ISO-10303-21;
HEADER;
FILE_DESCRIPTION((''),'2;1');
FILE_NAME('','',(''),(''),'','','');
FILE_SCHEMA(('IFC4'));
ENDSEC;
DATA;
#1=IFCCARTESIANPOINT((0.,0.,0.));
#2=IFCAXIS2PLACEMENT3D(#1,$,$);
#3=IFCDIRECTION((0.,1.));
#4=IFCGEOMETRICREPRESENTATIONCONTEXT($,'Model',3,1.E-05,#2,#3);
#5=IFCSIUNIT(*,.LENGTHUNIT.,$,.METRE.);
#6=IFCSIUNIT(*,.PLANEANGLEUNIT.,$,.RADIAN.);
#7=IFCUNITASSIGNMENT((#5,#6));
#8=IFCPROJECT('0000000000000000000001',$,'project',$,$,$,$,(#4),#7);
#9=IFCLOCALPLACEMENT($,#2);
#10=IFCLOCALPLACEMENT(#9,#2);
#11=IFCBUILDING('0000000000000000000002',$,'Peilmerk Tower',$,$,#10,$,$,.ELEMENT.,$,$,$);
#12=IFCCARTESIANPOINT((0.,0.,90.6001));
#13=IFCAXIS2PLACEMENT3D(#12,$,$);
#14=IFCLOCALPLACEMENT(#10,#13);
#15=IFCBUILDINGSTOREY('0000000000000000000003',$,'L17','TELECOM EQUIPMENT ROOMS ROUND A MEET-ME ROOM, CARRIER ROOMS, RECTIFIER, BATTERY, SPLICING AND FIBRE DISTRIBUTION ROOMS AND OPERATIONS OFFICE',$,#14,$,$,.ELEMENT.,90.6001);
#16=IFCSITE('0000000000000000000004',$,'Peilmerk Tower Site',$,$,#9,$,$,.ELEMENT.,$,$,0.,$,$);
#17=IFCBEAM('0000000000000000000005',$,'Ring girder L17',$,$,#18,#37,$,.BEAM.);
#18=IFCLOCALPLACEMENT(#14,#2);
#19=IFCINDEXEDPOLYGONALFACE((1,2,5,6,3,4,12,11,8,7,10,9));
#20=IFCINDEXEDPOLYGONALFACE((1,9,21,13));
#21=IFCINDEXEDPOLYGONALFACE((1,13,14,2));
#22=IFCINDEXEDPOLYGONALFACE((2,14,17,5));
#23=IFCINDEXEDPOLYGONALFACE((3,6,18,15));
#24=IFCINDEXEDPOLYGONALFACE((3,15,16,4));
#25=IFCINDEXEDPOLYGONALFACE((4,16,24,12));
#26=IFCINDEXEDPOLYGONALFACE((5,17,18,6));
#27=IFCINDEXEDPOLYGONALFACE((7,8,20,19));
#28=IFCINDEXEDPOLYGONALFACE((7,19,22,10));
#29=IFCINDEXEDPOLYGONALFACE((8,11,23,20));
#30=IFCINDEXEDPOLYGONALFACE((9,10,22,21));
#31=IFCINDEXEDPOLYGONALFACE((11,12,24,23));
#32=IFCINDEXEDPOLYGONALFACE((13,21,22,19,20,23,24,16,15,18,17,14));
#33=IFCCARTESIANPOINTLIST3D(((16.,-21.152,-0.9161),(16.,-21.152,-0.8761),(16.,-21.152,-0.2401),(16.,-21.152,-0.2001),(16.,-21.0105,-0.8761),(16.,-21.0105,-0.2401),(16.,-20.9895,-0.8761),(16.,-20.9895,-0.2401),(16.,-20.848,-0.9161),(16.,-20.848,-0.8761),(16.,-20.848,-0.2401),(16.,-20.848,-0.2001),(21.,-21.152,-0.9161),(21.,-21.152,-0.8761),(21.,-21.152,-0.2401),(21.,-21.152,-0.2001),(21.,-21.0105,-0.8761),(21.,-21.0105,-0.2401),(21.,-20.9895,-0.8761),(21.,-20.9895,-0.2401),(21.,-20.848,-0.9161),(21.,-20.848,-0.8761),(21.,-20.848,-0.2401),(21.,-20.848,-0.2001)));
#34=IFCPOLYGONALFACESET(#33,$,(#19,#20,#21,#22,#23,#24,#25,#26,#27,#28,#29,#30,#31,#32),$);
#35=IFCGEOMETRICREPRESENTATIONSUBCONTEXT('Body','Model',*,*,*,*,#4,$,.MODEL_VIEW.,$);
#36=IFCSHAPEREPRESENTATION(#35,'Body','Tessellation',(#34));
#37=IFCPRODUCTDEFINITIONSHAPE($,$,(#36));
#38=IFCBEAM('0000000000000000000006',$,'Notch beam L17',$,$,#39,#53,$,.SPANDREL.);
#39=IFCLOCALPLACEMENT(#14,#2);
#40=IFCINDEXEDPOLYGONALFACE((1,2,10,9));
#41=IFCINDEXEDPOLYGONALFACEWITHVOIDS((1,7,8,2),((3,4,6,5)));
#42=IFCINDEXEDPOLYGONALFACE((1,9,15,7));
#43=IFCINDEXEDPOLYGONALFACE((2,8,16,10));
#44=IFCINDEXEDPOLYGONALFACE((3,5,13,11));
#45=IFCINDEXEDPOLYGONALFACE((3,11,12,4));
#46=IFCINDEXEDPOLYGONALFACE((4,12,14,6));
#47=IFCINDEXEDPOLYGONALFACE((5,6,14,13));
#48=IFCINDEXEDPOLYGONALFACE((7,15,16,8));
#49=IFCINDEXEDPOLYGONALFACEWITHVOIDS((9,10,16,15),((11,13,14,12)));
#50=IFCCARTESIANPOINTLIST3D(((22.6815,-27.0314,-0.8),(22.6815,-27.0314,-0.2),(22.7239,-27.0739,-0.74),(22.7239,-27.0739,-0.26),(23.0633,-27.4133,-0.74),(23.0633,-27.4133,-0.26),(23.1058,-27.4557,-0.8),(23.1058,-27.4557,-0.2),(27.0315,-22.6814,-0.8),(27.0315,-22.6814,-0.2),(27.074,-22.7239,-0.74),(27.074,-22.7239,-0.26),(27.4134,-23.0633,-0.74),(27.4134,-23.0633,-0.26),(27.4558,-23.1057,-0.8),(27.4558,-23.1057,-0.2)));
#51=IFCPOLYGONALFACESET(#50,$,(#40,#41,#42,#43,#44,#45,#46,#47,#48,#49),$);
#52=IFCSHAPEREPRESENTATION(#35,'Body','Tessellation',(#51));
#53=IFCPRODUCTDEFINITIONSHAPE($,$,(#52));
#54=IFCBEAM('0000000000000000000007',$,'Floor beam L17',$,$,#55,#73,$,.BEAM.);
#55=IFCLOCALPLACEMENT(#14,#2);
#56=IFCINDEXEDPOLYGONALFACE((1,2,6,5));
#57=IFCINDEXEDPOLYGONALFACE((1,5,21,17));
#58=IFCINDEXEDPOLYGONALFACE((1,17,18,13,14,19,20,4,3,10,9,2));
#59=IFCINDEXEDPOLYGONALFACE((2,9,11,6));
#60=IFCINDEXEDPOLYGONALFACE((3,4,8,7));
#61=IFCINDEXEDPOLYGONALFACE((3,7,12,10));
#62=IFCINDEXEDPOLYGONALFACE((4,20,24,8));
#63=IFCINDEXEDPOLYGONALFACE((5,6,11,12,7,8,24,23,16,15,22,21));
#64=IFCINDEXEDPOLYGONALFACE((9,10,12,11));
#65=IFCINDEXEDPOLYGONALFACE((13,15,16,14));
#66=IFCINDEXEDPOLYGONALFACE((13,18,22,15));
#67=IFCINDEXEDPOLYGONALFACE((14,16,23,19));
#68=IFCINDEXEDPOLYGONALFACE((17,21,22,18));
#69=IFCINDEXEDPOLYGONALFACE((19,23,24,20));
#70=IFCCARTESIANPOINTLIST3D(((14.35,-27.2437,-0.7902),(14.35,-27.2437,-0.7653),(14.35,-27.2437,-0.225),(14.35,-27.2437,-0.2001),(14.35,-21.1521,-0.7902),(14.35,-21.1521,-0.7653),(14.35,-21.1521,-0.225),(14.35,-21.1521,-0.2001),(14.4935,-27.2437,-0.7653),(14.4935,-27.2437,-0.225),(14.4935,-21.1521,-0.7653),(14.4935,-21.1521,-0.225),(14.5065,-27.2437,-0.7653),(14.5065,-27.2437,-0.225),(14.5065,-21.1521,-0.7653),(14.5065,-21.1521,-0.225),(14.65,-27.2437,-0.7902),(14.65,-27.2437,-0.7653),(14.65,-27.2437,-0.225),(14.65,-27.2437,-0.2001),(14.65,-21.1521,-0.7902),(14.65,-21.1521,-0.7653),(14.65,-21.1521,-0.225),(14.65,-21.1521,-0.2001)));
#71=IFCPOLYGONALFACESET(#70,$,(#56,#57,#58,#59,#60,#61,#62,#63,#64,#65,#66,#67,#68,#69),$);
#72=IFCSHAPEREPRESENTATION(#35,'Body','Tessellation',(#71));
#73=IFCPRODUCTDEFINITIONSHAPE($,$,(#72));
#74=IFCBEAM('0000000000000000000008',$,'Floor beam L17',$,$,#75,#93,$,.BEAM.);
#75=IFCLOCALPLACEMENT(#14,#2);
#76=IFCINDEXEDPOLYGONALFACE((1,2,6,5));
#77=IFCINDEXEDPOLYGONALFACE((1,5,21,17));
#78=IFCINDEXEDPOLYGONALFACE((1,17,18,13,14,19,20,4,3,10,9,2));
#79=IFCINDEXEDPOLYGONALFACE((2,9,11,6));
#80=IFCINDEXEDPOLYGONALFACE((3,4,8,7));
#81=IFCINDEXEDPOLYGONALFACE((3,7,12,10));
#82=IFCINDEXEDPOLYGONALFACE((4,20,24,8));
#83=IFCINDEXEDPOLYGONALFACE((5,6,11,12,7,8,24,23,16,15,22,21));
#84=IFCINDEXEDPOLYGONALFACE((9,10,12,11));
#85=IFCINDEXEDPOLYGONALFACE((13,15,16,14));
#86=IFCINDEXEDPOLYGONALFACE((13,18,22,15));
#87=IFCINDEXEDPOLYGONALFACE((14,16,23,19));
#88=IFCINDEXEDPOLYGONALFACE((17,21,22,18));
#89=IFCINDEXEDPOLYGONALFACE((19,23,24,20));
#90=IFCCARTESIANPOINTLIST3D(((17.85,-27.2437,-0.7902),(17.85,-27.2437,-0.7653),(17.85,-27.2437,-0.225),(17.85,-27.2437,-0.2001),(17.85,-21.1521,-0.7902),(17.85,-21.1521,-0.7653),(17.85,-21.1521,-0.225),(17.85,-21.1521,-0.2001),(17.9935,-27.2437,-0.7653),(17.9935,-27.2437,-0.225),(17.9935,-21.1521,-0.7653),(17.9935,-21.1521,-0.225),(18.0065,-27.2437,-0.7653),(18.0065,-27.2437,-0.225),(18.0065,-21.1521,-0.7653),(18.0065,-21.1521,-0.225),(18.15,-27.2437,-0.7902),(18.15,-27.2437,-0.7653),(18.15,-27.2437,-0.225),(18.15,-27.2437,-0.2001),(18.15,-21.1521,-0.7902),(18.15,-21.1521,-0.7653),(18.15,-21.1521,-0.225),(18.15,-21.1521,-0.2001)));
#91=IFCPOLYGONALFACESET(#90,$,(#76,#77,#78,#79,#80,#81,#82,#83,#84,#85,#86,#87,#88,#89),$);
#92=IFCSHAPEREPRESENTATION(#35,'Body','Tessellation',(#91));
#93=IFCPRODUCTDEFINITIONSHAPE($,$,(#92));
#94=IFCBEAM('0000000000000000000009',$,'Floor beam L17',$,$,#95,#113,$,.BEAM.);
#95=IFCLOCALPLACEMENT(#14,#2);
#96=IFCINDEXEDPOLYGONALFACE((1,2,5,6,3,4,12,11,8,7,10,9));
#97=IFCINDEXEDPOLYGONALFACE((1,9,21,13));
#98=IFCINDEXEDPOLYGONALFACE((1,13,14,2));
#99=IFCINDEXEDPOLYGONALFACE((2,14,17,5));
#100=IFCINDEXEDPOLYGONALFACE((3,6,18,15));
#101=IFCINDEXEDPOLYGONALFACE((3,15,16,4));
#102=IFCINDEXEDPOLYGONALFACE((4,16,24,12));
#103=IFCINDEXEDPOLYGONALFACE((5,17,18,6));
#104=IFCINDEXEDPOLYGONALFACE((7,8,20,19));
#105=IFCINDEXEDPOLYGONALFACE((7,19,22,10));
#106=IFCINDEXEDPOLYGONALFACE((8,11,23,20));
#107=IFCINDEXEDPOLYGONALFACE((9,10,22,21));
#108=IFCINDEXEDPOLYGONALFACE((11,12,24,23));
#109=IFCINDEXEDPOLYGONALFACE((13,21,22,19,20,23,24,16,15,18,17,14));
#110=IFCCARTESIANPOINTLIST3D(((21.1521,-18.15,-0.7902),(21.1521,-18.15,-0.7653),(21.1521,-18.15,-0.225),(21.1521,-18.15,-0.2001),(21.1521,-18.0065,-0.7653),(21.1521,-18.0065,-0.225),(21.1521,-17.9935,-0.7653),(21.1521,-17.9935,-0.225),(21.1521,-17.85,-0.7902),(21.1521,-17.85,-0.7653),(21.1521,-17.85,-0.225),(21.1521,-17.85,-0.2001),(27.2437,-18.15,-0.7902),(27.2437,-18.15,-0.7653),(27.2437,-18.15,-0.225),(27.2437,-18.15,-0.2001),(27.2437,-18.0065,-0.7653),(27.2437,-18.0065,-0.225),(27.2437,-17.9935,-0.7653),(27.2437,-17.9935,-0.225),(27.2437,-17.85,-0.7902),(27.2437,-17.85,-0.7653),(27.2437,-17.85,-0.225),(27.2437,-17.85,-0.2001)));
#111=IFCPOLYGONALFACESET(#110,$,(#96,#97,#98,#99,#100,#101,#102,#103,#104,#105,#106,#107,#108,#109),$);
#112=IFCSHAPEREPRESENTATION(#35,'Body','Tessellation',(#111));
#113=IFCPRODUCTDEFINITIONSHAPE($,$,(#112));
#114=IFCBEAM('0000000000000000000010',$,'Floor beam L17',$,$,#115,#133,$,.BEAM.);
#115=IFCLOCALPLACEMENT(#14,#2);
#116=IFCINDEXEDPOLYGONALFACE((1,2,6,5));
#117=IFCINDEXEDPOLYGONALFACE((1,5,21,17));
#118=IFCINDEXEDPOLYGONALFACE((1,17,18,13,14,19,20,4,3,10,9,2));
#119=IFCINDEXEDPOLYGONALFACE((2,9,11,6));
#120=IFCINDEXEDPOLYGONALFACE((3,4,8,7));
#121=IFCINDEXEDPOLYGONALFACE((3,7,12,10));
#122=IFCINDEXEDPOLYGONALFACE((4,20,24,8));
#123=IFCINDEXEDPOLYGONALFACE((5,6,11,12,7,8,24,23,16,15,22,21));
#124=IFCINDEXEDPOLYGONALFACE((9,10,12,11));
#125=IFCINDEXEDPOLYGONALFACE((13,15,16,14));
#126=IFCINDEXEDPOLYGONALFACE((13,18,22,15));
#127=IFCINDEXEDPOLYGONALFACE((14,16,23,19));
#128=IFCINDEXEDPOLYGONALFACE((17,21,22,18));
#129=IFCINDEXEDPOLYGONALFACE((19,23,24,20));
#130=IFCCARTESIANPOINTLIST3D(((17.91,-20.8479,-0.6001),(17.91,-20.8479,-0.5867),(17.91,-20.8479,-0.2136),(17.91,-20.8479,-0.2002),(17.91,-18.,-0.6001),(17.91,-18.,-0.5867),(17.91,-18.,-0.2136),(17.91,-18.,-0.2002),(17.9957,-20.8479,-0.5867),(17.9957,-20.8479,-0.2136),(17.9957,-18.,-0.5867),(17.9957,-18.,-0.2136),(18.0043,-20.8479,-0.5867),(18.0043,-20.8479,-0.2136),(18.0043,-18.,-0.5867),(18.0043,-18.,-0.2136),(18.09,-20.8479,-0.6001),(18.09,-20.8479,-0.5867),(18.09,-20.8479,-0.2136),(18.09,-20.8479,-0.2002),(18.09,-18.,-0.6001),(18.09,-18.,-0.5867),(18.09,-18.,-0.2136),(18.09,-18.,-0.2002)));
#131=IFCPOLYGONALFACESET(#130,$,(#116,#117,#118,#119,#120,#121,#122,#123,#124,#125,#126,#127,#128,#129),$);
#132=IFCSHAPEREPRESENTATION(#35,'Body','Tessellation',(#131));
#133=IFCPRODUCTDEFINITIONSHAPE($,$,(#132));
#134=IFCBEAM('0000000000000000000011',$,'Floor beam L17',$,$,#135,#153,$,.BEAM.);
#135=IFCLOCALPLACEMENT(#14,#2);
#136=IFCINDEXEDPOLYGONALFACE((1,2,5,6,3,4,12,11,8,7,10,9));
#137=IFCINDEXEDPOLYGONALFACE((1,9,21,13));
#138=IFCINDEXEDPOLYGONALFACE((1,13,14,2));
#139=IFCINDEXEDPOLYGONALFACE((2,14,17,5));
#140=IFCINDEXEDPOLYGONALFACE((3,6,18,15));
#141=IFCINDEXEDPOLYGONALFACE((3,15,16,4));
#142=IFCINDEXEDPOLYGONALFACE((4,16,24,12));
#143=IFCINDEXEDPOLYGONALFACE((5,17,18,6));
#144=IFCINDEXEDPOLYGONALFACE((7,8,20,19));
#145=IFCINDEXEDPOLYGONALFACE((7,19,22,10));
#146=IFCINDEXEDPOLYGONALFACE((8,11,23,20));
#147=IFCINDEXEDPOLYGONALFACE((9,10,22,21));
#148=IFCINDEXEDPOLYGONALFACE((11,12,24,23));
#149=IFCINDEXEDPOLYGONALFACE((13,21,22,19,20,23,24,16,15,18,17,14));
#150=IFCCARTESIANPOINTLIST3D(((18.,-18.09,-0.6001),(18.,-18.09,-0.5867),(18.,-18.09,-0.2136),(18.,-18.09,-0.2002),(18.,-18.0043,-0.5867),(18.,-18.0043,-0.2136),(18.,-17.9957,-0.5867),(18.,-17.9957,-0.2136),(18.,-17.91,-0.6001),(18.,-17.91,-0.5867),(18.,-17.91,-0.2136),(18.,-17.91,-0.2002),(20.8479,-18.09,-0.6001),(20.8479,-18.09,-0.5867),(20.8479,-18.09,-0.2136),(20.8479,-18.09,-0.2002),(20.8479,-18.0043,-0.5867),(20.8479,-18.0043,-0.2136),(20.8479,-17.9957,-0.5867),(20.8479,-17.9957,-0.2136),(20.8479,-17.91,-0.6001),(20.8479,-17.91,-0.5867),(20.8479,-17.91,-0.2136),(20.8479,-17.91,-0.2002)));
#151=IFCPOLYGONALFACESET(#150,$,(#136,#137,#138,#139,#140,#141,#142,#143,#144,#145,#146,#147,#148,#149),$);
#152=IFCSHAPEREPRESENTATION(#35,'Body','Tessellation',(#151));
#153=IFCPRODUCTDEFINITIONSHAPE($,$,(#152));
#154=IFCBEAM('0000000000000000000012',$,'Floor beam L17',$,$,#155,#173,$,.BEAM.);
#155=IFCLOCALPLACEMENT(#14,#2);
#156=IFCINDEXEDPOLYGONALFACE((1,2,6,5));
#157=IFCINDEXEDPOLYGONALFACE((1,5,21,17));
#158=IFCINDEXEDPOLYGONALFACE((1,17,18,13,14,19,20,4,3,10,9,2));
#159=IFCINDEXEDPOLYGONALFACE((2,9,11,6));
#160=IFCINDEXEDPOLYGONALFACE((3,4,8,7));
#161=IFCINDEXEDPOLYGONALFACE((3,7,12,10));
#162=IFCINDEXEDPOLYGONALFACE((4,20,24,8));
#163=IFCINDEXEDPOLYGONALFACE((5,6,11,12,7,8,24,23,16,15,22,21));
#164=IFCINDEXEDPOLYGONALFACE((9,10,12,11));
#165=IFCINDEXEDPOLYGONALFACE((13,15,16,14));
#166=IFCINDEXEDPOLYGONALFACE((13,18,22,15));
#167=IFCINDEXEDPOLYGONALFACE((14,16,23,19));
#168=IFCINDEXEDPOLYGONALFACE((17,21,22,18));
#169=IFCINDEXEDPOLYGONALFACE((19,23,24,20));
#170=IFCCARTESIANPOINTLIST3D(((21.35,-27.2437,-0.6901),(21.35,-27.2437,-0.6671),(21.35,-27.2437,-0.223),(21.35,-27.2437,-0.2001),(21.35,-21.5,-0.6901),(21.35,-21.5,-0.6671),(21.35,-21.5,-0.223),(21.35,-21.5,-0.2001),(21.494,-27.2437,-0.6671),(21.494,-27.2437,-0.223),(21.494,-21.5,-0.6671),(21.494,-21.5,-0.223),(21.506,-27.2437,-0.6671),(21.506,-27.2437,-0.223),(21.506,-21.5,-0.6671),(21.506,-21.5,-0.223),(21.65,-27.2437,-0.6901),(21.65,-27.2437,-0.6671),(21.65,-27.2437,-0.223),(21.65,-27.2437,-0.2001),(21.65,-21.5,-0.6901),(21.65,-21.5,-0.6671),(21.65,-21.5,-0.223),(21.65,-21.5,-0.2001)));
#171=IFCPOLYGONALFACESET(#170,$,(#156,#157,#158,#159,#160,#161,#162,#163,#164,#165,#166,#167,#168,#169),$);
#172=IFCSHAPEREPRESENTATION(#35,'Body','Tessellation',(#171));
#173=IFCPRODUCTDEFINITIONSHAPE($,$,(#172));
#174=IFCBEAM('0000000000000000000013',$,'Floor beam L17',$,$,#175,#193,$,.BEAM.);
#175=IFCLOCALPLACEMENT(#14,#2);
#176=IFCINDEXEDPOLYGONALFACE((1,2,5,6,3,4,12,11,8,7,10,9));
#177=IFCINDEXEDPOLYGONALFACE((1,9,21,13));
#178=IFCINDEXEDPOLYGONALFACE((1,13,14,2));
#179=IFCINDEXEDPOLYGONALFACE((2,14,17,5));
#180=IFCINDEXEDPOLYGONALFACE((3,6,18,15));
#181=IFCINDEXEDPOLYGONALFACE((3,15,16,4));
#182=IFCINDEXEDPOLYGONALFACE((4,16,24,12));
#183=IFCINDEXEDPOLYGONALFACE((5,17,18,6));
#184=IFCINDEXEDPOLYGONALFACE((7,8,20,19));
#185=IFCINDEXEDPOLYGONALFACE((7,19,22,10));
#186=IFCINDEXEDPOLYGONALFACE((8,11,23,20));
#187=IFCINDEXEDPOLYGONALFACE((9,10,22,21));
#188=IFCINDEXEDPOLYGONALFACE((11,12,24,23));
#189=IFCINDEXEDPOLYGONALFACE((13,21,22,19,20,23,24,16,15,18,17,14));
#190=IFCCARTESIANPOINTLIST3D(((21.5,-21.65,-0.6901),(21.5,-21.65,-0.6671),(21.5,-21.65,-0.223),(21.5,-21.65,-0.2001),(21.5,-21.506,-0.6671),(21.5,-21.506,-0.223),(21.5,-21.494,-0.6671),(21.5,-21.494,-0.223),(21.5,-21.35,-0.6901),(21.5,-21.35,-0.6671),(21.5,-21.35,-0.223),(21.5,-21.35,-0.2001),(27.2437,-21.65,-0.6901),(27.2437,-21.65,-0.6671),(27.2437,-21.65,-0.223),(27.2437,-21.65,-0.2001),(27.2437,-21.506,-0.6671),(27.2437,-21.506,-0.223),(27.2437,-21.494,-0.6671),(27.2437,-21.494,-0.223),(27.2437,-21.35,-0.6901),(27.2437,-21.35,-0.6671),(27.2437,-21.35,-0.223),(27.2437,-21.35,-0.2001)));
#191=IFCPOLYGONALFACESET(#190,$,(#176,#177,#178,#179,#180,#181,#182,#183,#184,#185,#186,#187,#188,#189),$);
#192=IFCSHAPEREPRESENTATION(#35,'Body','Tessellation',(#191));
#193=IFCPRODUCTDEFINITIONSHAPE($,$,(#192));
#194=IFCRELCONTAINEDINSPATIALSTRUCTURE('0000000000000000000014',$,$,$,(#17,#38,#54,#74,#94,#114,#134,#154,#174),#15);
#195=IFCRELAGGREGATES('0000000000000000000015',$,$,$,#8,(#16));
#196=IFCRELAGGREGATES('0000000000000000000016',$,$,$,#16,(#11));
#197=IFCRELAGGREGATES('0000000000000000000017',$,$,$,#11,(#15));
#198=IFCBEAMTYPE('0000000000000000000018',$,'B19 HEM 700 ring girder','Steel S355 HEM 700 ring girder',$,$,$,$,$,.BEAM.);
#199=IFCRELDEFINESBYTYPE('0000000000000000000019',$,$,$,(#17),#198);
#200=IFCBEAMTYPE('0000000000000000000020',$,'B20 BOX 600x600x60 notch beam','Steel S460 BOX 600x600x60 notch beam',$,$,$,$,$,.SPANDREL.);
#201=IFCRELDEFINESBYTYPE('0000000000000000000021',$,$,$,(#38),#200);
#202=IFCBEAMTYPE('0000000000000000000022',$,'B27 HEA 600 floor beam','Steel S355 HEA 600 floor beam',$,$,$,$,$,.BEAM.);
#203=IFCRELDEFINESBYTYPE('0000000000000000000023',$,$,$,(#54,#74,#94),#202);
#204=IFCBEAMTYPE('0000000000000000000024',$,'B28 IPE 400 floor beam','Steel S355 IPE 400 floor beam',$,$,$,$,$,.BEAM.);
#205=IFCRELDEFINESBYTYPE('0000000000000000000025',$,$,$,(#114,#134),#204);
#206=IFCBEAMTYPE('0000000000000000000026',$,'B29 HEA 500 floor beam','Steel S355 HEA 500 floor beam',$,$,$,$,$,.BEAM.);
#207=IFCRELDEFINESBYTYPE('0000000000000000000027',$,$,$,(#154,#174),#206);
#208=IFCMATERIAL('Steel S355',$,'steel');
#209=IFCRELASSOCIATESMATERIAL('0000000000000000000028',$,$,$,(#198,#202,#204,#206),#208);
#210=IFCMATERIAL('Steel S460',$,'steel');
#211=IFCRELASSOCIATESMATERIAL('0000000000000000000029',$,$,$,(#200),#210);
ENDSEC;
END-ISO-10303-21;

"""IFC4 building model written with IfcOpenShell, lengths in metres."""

from ifc_helpers import new_model, si_unit, direction, frame, origin, origin_2d, place, context, subcontext, project, spatial, hollow_rectangle, i_section, extrude, material, material_profile, profile_set, type_object, element, save


model = new_model("IFC4")

# Units and contexts
model_context = context("Model", 3, precision=1e-05, world=origin(), true_north=direction((0.0, 1.0)))
body_context = subcontext(model_context, "Body", "Model", "MODEL_VIEW")
ifc_project = project(units=[si_unit("LENGTHUNIT", "METRE"), si_unit("PLANEANGLEUNIT", "RADIAN")], contexts=[model_context])

# Site, building, storey
site_placement = place(None, origin())
site = spatial("IfcSite", under=ifc_project, at=site_placement, Name="Peilmerk Tower Site", CompositionType="ELEMENT", RefElevation=0.0)
building_placement = place(site_placement, origin())
building = spatial("IfcBuilding", under=site, at=building_placement, Name="Peilmerk Tower", CompositionType="ELEMENT")
storey_placement = place(building_placement, frame((0.0, 0.0, 90.6001)))
storey = spatial("IfcBuildingStorey", under=building, at=storey_placement, Name="L17", Description="TELECOM EQUIPMENT ROOMS ROUND A MEET-ME ROOM, CARRIER ROOMS, RECTIFIER, BATTERY, SPLICING AND FIBRE DISTRIBUTION ROOMS AND OPERATIONS OFFICE", CompositionType="ELEMENT", Elevation=90.6001)

# Shared definitions
ifc_material_1 = material(Name="Steel S460", Category="steel")

# Beams
ifc_material_2 = material(Name="Steel S355", Category="steel")
ifc_material_profile_1 = material_profile(ifc_material_2, i_section(OverallWidth=0.304, OverallDepth=0.7161, WebThickness=0.021, FlangeThickness=0.04, at=origin_2d()), Name="HEM 700")
ifc_profile_set_1 = profile_set([ifc_material_profile_1], Name="Steel S355")
beam_type_1 = type_object("IfcBeamType", Name="B19 HEM 700 ring girder", Description="Steel S355 HEM 700 ring girder", PredefinedType="BEAM", material=ifc_profile_set_1)
for number, where, z_axis, x_axis, name in (
    (1, (16.0, -21.0, -0.5581), (1.0, 0.0, 0.0), (0.0, 1.0, 0.0), "Ring girder L17"),
):
    element("IfcBeam", number, at=place(storey_placement, frame(where, z_axis=z_axis, x_axis=x_axis)), inside=storey, type_object=beam_type_1, Name=name, PredefinedType="BEAM", context=body_context, shape_type="SweptSolid", body=[
        extrude(i_section(OverallWidth=0.304, OverallDepth=0.7161, WebThickness=0.021, FlangeThickness=0.04, at=origin_2d()), origin(), (0.0, 0.0, 1.0), 5.0),
    ])
ifc_material_profile_2 = material_profile(ifc_material_1, hollow_rectangle(XDim=0.6001, YDim=0.6001, WallThickness=0.0601, at=origin_2d()), Name="BOX 600x600x60")
ifc_profile_set_2 = profile_set([ifc_material_profile_2], Name="Steel S460")
beam_type_2 = type_object("IfcBeamType", Name="B20 BOX 600x600x60 notch beam", Description="Steel S460 BOX 600x600x60 notch beam", PredefinedType="SPANDREL", material=ifc_profile_set_2)
beam_1_placement = place(storey_placement, frame((27.2437, -22.8936, -0.5), z_axis=(-0.707107, -0.707107, 0.0), x_axis=(0.707107, -0.707107, 0.0)))
element("IfcBeam", 2, at=beam_1_placement, inside=storey, type_object=beam_type_2, Name="Notch beam L17", PredefinedType="SPANDREL", context=body_context, shape_type="SweptSolid", body=[
    extrude(hollow_rectangle(XDim=0.6001, YDim=0.6001, WallThickness=0.0601, at=origin_2d()), origin(), (0.0, 0.0, 1.0), 6.1519),
])
ifc_material_profile_3 = material_profile(ifc_material_2, i_section(OverallWidth=0.3, OverallDepth=0.5901, WebThickness=0.0129, FlangeThickness=0.0249, at=origin_2d()), Name="HEA 600")
ifc_profile_set_3 = profile_set([ifc_material_profile_3], Name="Steel S355")
beam_type_3 = type_object("IfcBeamType", Name="B27 HEA 600 floor beam", Description="Steel S355 HEA 600 floor beam", PredefinedType="BEAM", material=ifc_profile_set_3)
for number, where, z_axis, x_axis, name in (
    (3, (14.5, -21.1521, -0.4951), (0.0, -1.0, 0.0), (1.0, 0.0, 0.0), "Floor beam L17"),
    (4, (18.0, -21.1521, -0.4951), (0.0, -1.0, 0.0), (1.0, 0.0, 0.0), "Floor beam L17"),
    (5, (21.1521, -18.0, -0.4951), (1.0, 0.0, 0.0), (0.0, 1.0, 0.0), "Floor beam L17"),
):
    element("IfcBeam", number, at=place(storey_placement, frame(where, z_axis=z_axis, x_axis=x_axis)), inside=storey, type_object=beam_type_3, Name=name, PredefinedType="BEAM", context=body_context, shape_type="SweptSolid", body=[
        extrude(i_section(OverallWidth=0.3, OverallDepth=0.5901, WebThickness=0.0129, FlangeThickness=0.0249, at=origin_2d()), origin(), (0.0, 0.0, 1.0), 6.0916),
    ])
ifc_material_profile_4 = material_profile(ifc_material_2, i_section(OverallWidth=0.1799, OverallDepth=0.3999, WebThickness=0.0085, FlangeThickness=0.0134, at=origin_2d()), Name="IPE 400")
ifc_profile_set_4 = profile_set([ifc_material_profile_4], Name="Steel S355")
beam_type_4 = type_object("IfcBeamType", Name="B28 IPE 400 floor beam", Description="Steel S355 IPE 400 floor beam", PredefinedType="BEAM", material=ifc_profile_set_4)
for number, where, z_axis, x_axis, name in (
    (6, (18.0, -18.0, -0.4001), (0.0, -1.0, 0.0), (1.0, 0.0, 0.0), "Floor beam L17"),
    (7, (18.0, -18.0, -0.4001), (1.0, 0.0, 0.0), (0.0, 1.0, 0.0), "Floor beam L17"),
):
    element("IfcBeam", number, at=place(storey_placement, frame(where, z_axis=z_axis, x_axis=x_axis)), inside=storey, type_object=beam_type_4, Name=name, PredefinedType="BEAM", context=body_context, shape_type="SweptSolid", body=[
        extrude(i_section(OverallWidth=0.1799, OverallDepth=0.3999, WebThickness=0.0085, FlangeThickness=0.0134, at=origin_2d()), origin(), (0.0, 0.0, 1.0), 2.8479),
    ])
ifc_material_profile_5 = material_profile(ifc_material_2, i_section(OverallWidth=0.3, OverallDepth=0.49, WebThickness=0.012, FlangeThickness=0.0229, at=origin_2d()), Name="HEA 500")
ifc_profile_set_5 = profile_set([ifc_material_profile_5], Name="Steel S355")
beam_type_5 = type_object("IfcBeamType", Name="B29 HEA 500 floor beam", Description="Steel S355 HEA 500 floor beam", PredefinedType="BEAM", material=ifc_profile_set_5)
for number, where, z_axis, x_axis, name in (
    (8, (21.5, -21.5, -0.4451), (0.0, -1.0, 0.0), (1.0, 0.0, 0.0), "Floor beam L17"),
    (9, (21.5, -21.5, -0.4451), (1.0, 0.0, 0.0), (0.0, 1.0, 0.0), "Floor beam L17"),
):
    element("IfcBeam", number, at=place(storey_placement, frame(where, z_axis=z_axis, x_axis=x_axis)), inside=storey, type_object=beam_type_5, Name=name, PredefinedType="BEAM", context=body_context, shape_type="SweptSolid", body=[
        extrude(i_section(OverallWidth=0.3, OverallDepth=0.49, WebThickness=0.012, FlangeThickness=0.0229, at=origin_2d()), origin(), (0.0, 0.0, 1.0), 5.7437),
    ])

save(model, "model.ifc")
